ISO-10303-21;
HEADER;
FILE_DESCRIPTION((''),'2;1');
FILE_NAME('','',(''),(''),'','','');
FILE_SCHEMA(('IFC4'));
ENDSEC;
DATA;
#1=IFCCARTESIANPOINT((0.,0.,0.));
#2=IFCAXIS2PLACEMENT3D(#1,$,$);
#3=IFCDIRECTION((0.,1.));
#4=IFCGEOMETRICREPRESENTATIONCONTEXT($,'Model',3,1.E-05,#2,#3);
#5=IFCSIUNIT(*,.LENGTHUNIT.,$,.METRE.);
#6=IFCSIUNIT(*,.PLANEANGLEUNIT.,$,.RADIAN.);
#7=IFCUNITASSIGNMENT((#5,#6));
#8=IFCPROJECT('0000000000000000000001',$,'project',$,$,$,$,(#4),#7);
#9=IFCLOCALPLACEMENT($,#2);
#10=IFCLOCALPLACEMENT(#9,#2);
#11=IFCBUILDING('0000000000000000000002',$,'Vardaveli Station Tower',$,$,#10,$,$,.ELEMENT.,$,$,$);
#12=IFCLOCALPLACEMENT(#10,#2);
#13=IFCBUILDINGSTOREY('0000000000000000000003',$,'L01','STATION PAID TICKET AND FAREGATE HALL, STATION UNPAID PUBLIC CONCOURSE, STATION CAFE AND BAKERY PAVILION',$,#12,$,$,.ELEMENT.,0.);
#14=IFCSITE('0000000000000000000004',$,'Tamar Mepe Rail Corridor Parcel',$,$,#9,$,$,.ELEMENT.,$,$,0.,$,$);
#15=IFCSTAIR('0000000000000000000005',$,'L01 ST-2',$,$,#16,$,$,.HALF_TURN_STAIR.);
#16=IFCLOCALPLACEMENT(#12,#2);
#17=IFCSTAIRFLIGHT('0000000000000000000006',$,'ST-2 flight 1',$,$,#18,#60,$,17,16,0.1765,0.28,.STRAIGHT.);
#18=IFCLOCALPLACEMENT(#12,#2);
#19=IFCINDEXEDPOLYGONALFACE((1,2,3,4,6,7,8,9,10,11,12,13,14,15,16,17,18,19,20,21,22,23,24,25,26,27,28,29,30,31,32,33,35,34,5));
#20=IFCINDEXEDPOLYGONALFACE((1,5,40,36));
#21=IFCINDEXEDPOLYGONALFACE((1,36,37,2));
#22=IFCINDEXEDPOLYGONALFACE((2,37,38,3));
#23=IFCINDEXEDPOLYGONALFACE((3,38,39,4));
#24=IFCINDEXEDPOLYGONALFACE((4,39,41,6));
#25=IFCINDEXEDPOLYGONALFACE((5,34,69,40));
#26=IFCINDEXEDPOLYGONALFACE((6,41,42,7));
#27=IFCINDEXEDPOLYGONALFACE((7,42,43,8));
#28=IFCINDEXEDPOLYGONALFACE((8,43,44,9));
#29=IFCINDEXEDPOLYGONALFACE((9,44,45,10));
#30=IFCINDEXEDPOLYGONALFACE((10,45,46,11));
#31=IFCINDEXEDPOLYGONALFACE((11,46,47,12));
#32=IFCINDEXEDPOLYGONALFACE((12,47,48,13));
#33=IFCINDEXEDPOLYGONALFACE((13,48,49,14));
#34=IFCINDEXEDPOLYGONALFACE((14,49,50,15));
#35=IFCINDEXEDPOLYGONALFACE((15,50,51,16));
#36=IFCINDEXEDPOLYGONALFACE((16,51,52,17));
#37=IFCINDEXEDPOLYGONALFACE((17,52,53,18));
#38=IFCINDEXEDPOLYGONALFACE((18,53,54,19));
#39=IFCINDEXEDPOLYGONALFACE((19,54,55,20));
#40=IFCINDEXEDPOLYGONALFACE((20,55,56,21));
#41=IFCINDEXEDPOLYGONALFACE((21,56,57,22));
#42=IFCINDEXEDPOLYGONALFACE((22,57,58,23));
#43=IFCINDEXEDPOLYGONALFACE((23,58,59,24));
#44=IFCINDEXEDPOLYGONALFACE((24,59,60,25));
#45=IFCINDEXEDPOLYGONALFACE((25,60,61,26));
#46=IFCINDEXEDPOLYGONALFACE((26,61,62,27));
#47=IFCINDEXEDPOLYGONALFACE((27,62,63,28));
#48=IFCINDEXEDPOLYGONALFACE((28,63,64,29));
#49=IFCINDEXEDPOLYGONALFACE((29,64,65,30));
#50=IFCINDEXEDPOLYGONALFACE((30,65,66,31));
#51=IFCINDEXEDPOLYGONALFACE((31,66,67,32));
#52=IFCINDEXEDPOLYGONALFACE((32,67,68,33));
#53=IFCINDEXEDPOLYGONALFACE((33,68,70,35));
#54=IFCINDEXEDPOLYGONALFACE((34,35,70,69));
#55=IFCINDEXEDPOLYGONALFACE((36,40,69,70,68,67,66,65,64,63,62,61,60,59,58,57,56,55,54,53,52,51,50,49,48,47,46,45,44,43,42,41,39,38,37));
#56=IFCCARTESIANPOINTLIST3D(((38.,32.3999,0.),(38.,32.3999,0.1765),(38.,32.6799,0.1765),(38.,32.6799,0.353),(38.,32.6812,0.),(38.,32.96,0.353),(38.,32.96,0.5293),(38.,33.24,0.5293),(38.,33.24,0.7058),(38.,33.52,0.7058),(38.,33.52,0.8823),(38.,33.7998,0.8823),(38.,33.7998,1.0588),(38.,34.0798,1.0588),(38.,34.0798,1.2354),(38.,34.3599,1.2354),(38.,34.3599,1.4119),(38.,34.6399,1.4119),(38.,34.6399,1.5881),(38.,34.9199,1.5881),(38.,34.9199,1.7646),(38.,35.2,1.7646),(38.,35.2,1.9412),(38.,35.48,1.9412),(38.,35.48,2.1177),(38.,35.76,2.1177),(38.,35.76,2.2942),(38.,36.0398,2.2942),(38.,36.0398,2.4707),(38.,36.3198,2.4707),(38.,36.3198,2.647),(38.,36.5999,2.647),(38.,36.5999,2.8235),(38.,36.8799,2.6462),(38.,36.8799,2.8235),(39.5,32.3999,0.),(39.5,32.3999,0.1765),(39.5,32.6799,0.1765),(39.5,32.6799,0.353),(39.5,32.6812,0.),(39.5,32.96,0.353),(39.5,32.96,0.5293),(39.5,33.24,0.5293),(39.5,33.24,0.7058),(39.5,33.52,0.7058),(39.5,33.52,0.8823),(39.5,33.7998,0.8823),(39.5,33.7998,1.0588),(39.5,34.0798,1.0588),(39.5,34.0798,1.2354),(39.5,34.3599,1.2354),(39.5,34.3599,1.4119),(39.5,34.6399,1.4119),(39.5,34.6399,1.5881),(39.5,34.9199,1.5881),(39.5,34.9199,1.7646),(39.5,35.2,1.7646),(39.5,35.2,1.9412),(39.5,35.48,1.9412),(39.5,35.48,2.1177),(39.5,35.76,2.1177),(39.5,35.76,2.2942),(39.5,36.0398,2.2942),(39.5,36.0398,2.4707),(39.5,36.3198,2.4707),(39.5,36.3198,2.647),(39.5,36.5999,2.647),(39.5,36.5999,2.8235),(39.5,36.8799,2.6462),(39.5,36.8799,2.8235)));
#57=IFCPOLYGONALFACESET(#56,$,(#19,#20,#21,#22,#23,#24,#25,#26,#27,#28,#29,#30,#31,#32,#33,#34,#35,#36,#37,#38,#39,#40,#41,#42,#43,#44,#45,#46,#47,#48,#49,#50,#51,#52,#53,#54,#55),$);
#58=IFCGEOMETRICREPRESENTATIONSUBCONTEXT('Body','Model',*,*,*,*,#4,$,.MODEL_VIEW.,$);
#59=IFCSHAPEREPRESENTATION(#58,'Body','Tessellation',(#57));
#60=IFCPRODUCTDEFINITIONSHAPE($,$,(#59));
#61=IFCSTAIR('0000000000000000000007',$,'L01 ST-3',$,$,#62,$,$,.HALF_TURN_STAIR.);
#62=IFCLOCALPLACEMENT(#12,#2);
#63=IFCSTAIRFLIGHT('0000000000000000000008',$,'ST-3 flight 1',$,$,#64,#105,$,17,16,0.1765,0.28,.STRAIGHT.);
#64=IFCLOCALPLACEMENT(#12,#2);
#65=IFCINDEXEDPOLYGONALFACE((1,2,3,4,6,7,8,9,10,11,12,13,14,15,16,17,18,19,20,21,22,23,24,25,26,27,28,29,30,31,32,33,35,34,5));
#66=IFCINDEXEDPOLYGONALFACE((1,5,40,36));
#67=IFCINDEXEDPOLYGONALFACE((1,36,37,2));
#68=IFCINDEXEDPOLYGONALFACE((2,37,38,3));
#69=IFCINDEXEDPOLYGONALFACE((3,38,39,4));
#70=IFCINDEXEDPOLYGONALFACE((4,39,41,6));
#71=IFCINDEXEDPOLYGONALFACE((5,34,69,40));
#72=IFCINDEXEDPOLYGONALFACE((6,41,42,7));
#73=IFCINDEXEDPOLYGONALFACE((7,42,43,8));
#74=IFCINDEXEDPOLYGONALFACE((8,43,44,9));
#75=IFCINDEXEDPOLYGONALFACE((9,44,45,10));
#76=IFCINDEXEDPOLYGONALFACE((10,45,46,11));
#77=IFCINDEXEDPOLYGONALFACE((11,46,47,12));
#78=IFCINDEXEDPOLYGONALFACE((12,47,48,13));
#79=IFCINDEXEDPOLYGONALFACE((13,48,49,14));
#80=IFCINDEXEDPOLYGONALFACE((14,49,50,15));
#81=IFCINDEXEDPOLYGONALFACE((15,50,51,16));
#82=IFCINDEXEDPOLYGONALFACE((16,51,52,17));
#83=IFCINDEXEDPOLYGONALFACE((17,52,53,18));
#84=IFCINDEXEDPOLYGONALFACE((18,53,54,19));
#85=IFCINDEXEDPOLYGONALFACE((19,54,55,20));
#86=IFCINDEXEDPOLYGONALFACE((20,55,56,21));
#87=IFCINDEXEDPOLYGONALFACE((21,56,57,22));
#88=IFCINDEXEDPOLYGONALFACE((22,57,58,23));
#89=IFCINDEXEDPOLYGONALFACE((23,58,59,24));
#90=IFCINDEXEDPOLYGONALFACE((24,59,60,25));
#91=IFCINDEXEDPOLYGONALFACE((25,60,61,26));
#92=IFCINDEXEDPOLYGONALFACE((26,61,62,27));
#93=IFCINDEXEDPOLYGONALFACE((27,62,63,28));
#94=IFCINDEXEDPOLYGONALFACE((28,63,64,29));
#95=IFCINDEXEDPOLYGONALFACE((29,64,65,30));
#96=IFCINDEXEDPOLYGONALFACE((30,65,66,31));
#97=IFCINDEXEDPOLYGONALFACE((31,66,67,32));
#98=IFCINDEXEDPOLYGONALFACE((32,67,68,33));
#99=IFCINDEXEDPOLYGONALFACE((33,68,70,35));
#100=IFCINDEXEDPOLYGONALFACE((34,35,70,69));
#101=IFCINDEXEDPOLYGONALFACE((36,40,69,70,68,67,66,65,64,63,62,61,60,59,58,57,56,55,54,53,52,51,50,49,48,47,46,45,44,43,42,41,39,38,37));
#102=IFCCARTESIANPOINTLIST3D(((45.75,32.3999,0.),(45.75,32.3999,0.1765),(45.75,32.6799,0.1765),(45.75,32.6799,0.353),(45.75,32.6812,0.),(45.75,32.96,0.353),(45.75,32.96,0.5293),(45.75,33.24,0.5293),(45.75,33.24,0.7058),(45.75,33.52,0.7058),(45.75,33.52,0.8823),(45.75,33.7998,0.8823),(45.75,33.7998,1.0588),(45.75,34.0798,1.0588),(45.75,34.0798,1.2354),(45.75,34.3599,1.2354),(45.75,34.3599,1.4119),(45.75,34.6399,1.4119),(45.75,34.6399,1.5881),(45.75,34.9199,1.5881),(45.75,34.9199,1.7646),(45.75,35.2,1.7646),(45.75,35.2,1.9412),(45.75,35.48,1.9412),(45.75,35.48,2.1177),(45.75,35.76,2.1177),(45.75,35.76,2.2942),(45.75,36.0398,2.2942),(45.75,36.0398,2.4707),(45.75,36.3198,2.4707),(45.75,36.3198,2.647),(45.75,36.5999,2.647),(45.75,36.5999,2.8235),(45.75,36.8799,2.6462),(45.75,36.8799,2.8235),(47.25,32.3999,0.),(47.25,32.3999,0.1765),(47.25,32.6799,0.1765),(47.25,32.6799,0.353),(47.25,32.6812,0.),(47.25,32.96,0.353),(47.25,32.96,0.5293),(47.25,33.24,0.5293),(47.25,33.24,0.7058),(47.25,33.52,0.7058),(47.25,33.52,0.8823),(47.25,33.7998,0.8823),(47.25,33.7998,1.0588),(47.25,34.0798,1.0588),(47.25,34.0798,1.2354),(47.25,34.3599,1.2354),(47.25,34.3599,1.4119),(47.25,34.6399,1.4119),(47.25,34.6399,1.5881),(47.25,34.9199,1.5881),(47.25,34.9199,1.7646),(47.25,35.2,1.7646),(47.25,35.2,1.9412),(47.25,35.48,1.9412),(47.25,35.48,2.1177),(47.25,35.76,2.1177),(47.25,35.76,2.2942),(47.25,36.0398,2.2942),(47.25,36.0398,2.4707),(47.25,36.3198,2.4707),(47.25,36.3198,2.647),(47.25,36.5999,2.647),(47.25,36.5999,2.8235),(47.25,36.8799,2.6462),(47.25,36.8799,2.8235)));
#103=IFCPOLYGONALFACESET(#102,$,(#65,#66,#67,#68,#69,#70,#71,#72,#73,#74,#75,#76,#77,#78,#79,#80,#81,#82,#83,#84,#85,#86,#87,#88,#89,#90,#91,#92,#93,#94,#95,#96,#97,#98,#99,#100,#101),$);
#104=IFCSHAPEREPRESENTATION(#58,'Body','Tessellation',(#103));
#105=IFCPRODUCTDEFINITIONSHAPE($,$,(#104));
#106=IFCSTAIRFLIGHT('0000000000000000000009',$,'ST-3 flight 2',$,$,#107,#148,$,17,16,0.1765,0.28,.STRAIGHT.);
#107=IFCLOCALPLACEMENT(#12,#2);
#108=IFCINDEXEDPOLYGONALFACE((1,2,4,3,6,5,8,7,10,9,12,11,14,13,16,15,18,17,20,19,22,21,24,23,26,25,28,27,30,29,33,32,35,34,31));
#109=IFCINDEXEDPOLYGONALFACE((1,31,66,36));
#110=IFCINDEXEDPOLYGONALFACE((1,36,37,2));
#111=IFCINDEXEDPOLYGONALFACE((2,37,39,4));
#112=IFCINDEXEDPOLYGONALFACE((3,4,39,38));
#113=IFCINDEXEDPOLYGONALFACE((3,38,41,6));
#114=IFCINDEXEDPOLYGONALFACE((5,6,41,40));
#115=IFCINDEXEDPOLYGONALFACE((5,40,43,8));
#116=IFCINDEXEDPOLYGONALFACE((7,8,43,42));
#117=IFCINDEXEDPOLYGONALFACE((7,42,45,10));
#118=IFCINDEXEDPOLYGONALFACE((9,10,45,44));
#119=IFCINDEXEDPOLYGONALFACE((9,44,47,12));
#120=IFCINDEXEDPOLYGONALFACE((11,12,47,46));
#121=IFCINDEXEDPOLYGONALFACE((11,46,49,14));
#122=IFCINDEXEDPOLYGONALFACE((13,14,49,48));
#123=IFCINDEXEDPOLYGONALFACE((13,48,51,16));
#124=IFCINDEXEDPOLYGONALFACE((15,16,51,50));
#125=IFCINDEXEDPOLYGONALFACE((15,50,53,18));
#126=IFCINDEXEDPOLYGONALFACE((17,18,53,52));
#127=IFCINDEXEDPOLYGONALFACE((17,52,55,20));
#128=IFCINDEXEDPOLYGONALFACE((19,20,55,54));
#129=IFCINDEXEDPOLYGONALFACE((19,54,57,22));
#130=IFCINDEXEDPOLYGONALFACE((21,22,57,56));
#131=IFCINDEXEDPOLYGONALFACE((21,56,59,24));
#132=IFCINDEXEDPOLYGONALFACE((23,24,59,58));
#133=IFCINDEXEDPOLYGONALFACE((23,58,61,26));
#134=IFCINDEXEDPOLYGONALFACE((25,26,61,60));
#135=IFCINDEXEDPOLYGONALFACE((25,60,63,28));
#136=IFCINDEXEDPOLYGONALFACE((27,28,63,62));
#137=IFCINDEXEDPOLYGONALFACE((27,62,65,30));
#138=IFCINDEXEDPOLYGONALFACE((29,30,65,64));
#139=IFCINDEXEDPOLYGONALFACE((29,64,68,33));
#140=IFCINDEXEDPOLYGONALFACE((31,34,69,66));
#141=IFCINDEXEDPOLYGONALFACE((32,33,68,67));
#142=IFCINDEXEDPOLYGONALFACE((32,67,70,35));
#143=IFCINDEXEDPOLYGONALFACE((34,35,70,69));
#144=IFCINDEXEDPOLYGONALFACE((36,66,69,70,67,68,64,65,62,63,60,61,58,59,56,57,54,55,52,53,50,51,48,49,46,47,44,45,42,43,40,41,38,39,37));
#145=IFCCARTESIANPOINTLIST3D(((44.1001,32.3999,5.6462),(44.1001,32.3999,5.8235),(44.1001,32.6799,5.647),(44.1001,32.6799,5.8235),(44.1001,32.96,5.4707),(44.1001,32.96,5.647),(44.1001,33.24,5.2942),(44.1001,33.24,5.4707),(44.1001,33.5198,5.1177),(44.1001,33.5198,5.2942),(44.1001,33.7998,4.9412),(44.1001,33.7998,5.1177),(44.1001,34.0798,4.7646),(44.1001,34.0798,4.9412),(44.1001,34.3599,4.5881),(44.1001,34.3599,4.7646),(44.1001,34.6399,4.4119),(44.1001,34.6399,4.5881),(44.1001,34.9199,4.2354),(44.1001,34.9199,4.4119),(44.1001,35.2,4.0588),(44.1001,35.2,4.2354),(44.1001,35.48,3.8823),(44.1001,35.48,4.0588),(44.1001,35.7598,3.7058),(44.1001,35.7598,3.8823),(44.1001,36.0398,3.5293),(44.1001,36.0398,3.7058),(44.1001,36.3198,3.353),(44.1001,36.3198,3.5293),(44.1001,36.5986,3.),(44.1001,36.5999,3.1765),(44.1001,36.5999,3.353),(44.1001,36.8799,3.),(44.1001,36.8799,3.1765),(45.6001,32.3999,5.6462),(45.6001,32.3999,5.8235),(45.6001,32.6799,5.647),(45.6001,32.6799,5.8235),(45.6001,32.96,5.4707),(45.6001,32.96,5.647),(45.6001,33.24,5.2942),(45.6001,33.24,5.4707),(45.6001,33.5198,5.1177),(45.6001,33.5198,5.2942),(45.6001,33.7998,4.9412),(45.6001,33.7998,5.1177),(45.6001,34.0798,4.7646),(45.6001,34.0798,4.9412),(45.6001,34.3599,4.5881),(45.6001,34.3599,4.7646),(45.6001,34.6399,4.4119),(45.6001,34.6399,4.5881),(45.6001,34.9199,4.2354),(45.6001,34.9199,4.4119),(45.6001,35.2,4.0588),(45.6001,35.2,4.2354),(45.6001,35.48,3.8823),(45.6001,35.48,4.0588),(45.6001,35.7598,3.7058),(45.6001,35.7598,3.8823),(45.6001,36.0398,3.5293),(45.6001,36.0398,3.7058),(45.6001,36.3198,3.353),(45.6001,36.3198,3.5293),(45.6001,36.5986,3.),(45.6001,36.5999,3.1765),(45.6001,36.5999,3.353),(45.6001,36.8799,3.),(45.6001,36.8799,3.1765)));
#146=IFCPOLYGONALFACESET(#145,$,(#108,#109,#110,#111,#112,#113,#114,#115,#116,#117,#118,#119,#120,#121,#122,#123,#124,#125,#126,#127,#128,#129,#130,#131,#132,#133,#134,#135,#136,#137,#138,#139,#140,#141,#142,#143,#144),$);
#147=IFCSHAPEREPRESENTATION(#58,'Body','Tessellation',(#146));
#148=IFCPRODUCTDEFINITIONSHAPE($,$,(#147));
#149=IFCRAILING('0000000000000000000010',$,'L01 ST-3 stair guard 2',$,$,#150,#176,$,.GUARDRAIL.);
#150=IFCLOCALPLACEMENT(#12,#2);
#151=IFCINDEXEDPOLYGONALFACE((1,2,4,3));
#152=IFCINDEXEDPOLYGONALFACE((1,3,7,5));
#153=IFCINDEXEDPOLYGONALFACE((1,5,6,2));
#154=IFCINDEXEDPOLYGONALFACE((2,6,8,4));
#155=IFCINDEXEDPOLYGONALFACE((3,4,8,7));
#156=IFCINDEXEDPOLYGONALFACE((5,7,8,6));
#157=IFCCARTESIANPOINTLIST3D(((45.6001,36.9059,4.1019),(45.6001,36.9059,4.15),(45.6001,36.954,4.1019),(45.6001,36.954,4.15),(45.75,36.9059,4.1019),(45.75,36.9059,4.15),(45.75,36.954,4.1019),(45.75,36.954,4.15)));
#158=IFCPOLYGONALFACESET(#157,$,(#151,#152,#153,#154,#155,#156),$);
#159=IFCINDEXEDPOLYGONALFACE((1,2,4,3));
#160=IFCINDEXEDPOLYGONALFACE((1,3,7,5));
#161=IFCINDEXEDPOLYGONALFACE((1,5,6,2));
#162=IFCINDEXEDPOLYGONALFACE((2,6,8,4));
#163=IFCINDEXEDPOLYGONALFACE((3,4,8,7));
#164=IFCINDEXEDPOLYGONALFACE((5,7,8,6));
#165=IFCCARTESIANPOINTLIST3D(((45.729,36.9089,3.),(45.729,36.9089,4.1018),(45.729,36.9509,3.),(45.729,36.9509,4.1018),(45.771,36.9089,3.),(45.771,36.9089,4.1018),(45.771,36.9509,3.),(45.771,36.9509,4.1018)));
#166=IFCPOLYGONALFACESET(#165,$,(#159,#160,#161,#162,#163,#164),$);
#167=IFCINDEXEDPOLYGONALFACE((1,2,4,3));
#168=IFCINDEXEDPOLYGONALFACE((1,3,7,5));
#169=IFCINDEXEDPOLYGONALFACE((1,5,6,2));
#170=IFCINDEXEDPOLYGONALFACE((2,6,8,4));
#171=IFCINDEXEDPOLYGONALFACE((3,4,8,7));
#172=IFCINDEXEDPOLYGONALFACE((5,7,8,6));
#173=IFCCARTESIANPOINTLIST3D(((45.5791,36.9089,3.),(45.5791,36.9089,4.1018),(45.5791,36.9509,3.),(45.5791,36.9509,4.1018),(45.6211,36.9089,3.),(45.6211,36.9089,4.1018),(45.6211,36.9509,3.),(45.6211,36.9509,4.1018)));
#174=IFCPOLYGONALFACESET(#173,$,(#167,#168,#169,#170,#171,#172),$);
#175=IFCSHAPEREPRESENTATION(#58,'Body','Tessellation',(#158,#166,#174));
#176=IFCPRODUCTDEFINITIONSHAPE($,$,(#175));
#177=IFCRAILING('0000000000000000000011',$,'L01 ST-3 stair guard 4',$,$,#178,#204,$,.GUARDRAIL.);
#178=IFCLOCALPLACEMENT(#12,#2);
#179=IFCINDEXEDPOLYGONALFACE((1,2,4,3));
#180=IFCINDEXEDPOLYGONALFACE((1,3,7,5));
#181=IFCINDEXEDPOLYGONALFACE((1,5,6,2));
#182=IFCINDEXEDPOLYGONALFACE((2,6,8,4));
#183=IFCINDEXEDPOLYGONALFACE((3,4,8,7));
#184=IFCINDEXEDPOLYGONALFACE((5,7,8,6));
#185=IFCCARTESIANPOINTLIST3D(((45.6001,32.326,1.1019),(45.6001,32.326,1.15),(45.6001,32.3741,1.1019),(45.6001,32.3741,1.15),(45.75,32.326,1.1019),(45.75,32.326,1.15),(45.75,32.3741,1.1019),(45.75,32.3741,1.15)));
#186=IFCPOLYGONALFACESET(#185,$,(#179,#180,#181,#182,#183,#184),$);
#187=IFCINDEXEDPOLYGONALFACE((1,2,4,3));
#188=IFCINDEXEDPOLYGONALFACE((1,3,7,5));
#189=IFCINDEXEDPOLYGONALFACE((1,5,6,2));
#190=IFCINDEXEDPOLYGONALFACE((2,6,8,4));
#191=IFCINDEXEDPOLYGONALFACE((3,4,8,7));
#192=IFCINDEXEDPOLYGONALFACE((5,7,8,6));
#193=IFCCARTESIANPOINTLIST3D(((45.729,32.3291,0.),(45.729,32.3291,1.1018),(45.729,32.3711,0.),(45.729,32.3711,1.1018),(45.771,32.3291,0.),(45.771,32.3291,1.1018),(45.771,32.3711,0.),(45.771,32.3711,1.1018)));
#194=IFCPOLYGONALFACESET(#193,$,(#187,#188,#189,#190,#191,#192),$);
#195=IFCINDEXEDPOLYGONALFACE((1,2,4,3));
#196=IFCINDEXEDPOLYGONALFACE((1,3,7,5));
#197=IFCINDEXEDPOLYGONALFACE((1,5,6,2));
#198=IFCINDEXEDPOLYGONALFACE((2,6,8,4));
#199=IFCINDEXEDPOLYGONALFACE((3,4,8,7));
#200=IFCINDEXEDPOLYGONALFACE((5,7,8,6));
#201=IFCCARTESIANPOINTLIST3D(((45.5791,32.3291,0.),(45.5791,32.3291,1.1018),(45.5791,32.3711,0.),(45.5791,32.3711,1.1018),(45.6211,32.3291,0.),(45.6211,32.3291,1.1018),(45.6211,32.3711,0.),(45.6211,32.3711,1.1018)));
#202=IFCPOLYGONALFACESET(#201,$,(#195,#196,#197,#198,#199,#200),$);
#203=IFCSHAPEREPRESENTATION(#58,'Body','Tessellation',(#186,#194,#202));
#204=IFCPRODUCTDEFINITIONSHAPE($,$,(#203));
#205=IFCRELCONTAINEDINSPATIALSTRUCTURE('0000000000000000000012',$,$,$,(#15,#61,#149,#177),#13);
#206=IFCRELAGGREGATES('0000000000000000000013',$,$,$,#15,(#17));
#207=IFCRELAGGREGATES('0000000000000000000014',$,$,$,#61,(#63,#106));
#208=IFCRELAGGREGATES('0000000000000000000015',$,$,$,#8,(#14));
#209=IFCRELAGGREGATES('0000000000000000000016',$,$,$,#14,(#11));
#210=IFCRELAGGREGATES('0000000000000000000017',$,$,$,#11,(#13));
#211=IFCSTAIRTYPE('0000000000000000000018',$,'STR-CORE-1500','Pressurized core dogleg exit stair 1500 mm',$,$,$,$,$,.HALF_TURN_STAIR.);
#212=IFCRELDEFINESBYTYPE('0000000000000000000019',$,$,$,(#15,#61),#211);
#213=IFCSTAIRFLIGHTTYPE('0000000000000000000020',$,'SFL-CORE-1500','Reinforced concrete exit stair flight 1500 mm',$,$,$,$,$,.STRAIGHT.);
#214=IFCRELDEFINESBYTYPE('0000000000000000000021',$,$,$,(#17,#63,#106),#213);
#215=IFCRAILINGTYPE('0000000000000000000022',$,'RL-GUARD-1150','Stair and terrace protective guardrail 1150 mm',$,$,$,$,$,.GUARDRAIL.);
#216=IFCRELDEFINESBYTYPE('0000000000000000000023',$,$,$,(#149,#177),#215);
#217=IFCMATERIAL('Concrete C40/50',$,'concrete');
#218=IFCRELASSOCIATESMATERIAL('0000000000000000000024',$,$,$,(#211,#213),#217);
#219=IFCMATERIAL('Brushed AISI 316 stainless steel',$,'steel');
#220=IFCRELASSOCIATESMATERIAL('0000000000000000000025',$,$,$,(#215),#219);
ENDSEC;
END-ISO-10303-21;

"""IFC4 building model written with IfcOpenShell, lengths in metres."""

from ifc_helpers import new_model, si_unit, direction, frame, origin, origin_2d, place, context, subcontext, project, spatial, polyline, rectangle, outline, extrude, source, transform, mapped, material, type_object, element, aggregate, save


model = new_model("IFC4")

# Units and contexts
model_context = context("Model", 3, precision=1e-05, world=origin(), true_north=direction((0.0, 1.0)))
body_context = subcontext(model_context, "Body", "Model", "MODEL_VIEW")
ifc_project = project(units=[si_unit("LENGTHUNIT", "METRE"), si_unit("PLANEANGLEUNIT", "RADIAN")], contexts=[model_context])

# Site, building, storey
site_placement = place(None, origin())
site = spatial("IfcSite", under=ifc_project, at=site_placement, Name="Tamar Mepe Rail Corridor Parcel", CompositionType="ELEMENT", RefElevation=0.0)
building_placement = place(site_placement, origin())
building = spatial("IfcBuilding", under=site, at=building_placement, Name="Vardaveli Station Tower", CompositionType="ELEMENT")
storey_placement = place(building_placement, origin())
storey = spatial("IfcBuildingStorey", under=building, at=storey_placement, Name="L01", Description="STATION PAID TICKET AND FAREGATE HALL, STATION UNPAID PUBLIC CONCOURSE, STATION CAFE AND BAKERY PAVILION", CompositionType="ELEMENT", Elevation=0.0)

# Shared definitions
ifc_material_1 = material(Name="Concrete C40/50", Category="concrete")

# Stair, stair flight
stair_type = type_object("IfcStairType", Name="STR-CORE-1500", Description="Pressurized core dogleg exit stair 1500 mm", PredefinedType="HALF_TURN_STAIR", material=ifc_material_1)
stair_1_placement = place(storey_placement, origin())
stair_1 = element("IfcStair", 1, at=stair_1_placement, inside=storey, type_object=stair_type, Name="L01 ST-2", PredefinedType="HALF_TURN_STAIR")
stair_flight_type = type_object("IfcStairFlightType", Name="SFL-CORE-1500", Description="Reinforced concrete exit stair flight 1500 mm", PredefinedType="STRAIGHT", material=ifc_material_1)
shared_shape_1 = source(origin(), body_context, "Body", "SweptSolid", [
    extrude(outline(polyline([(0.0, 0.0), (0.0, 0.1765), (0.28, 0.1765), (0.28, 0.353), (0.5601, 0.353), (0.5601, 0.5293), (0.8401, 0.5293), (0.8401, 0.7058), (1.1201, 0.7058), (1.1201, 0.8823), (1.3999, 0.8823), (1.3999, 1.0588), (1.6799, 1.0588), (1.6799, 1.2354), (1.96, 1.2354), (1.96, 1.4119), (2.24, 1.4119), (2.24, 1.5881), (2.52, 1.5881), (2.52, 1.7646), (2.8, 1.7646), (2.8, 1.9412), (3.0801, 1.9412), (3.0801, 2.1177), (3.3601, 2.1177), (3.3601, 2.2942), (3.6399, 2.2942), (3.6399, 2.4707), (3.9199, 2.4707), (3.9199, 2.647), (4.2, 2.647), (4.2, 2.8235), (4.48, 2.8235), (4.48, 3.0), (4.48, 2.6462), (0.2812, 0.0), (0.0, 0.0)])), frame((0.0, 0.75, 0.0), z_axis=(0.0, -1.0, 0.0), x_axis=(1.0, 0.0, 0.0)), (0.0, 0.0, 1.0), 1.5),
])
stair_flight_1_placement = place(storey_placement, frame((38.75, 32.3999, 0.0), z_axis=(0.0, 0.0, 1.0), x_axis=(0.0, 1.0, 0.0)))
stair_flight_1 = element("IfcStairFlight", 2, at=stair_flight_1_placement, type_object=stair_flight_type, Name="ST-2 flight 1", NumberOfRisers=17, NumberOfTreads=16, PredefinedType="STRAIGHT", RiserHeight=0.1765, TreadLength=0.28, context=body_context, shape_type="MappedRepresentation", body=[
    mapped(shared_shape_1, transform((0.0, 0.0, 0.0), scale=1.0)),
])
aggregate(stair_1, [stair_flight_1])

# Stair, stair flights
stair_2_placement = place(storey_placement, origin())
stair_2 = element("IfcStair", 3, at=stair_2_placement, inside=storey, type_object=stair_type, Name="L01 ST-3", PredefinedType="HALF_TURN_STAIR")
stair_flight_2_placement = place(storey_placement, frame((46.5, 32.3999, 0.0), z_axis=(0.0, 0.0, 1.0), x_axis=(0.0, 1.0, 0.0)))
stair_flight_2 = element("IfcStairFlight", 4, at=stair_flight_2_placement, type_object=stair_flight_type, Name="ST-3 flight 1", NumberOfRisers=17, NumberOfTreads=16, PredefinedType="STRAIGHT", RiserHeight=0.1765, TreadLength=0.28, context=body_context, shape_type="MappedRepresentation", body=[
    mapped(shared_shape_1, transform((0.0, 0.0, 0.0), scale=1.0)),
])
stair_flight_3_placement = place(storey_placement, frame((44.8501, 36.8799, 3.0), z_axis=(0.0, 0.0, 1.0), x_axis=(0.0, -1.0, 0.0)))
stair_flight_3 = element("IfcStairFlight", 5, at=stair_flight_3_placement, type_object=stair_flight_type, Name="ST-3 flight 2", NumberOfRisers=17, NumberOfTreads=16, PredefinedType="STRAIGHT", RiserHeight=0.1765, TreadLength=0.28, context=body_context, shape_type="MappedRepresentation", body=[
    mapped(shared_shape_1, transform((0.0, 0.0, 0.0), scale=1.0)),
])
aggregate(stair_2, [stair_flight_2, stair_flight_3])

# Railings
ifc_material_2 = material(Name="Brushed AISI 316 stainless steel", Category="steel")
railing_type_1 = type_object("IfcRailingType", Name="RL-GUARD-1150", Description="Stair and terrace protective guardrail 1150 mm", PredefinedType="GUARDRAIL", material=ifc_material_2)
shared_shape_2 = source(origin(), body_context, "Body", "SweptSolid", [
    extrude(rectangle(XDim=0.0481, YDim=0.0481, at=origin_2d()), frame((0.0, 0.0, 1.126), z_axis=(-1.0, 0.0, 0.0), x_axis=(0.0, -1.0, 0.0)), (0.0, 0.0, 1.0), 0.1499),
    extrude(rectangle(XDim=0.042, YDim=0.042, at=origin_2d()), origin(), (0.0, 0.0, 1.0), 1.1018),
    extrude(rectangle(XDim=0.042, YDim=0.042, at=origin_2d()), frame((-0.1499, 0.0, 0.0)), (0.0, 0.0, 1.0), 1.1018),
])
for number, where, name in (
    (6, (45.75, 36.9299, 3.0), "L01 ST-3 stair guard 2"),
    (7, (45.75, 32.3501, 0.0), "L01 ST-3 stair guard 4"),
):
    element("IfcRailing", number, at=place(storey_placement, frame(where)), inside=storey, type_object=railing_type_1, Name=name, PredefinedType="GUARDRAIL", context=body_context, shape_type="MappedRepresentation", body=[
        mapped(shared_shape_2, transform((0.0, 0.0, 0.0), scale=1.0)),
    ])

save(model, "model.ifc")
